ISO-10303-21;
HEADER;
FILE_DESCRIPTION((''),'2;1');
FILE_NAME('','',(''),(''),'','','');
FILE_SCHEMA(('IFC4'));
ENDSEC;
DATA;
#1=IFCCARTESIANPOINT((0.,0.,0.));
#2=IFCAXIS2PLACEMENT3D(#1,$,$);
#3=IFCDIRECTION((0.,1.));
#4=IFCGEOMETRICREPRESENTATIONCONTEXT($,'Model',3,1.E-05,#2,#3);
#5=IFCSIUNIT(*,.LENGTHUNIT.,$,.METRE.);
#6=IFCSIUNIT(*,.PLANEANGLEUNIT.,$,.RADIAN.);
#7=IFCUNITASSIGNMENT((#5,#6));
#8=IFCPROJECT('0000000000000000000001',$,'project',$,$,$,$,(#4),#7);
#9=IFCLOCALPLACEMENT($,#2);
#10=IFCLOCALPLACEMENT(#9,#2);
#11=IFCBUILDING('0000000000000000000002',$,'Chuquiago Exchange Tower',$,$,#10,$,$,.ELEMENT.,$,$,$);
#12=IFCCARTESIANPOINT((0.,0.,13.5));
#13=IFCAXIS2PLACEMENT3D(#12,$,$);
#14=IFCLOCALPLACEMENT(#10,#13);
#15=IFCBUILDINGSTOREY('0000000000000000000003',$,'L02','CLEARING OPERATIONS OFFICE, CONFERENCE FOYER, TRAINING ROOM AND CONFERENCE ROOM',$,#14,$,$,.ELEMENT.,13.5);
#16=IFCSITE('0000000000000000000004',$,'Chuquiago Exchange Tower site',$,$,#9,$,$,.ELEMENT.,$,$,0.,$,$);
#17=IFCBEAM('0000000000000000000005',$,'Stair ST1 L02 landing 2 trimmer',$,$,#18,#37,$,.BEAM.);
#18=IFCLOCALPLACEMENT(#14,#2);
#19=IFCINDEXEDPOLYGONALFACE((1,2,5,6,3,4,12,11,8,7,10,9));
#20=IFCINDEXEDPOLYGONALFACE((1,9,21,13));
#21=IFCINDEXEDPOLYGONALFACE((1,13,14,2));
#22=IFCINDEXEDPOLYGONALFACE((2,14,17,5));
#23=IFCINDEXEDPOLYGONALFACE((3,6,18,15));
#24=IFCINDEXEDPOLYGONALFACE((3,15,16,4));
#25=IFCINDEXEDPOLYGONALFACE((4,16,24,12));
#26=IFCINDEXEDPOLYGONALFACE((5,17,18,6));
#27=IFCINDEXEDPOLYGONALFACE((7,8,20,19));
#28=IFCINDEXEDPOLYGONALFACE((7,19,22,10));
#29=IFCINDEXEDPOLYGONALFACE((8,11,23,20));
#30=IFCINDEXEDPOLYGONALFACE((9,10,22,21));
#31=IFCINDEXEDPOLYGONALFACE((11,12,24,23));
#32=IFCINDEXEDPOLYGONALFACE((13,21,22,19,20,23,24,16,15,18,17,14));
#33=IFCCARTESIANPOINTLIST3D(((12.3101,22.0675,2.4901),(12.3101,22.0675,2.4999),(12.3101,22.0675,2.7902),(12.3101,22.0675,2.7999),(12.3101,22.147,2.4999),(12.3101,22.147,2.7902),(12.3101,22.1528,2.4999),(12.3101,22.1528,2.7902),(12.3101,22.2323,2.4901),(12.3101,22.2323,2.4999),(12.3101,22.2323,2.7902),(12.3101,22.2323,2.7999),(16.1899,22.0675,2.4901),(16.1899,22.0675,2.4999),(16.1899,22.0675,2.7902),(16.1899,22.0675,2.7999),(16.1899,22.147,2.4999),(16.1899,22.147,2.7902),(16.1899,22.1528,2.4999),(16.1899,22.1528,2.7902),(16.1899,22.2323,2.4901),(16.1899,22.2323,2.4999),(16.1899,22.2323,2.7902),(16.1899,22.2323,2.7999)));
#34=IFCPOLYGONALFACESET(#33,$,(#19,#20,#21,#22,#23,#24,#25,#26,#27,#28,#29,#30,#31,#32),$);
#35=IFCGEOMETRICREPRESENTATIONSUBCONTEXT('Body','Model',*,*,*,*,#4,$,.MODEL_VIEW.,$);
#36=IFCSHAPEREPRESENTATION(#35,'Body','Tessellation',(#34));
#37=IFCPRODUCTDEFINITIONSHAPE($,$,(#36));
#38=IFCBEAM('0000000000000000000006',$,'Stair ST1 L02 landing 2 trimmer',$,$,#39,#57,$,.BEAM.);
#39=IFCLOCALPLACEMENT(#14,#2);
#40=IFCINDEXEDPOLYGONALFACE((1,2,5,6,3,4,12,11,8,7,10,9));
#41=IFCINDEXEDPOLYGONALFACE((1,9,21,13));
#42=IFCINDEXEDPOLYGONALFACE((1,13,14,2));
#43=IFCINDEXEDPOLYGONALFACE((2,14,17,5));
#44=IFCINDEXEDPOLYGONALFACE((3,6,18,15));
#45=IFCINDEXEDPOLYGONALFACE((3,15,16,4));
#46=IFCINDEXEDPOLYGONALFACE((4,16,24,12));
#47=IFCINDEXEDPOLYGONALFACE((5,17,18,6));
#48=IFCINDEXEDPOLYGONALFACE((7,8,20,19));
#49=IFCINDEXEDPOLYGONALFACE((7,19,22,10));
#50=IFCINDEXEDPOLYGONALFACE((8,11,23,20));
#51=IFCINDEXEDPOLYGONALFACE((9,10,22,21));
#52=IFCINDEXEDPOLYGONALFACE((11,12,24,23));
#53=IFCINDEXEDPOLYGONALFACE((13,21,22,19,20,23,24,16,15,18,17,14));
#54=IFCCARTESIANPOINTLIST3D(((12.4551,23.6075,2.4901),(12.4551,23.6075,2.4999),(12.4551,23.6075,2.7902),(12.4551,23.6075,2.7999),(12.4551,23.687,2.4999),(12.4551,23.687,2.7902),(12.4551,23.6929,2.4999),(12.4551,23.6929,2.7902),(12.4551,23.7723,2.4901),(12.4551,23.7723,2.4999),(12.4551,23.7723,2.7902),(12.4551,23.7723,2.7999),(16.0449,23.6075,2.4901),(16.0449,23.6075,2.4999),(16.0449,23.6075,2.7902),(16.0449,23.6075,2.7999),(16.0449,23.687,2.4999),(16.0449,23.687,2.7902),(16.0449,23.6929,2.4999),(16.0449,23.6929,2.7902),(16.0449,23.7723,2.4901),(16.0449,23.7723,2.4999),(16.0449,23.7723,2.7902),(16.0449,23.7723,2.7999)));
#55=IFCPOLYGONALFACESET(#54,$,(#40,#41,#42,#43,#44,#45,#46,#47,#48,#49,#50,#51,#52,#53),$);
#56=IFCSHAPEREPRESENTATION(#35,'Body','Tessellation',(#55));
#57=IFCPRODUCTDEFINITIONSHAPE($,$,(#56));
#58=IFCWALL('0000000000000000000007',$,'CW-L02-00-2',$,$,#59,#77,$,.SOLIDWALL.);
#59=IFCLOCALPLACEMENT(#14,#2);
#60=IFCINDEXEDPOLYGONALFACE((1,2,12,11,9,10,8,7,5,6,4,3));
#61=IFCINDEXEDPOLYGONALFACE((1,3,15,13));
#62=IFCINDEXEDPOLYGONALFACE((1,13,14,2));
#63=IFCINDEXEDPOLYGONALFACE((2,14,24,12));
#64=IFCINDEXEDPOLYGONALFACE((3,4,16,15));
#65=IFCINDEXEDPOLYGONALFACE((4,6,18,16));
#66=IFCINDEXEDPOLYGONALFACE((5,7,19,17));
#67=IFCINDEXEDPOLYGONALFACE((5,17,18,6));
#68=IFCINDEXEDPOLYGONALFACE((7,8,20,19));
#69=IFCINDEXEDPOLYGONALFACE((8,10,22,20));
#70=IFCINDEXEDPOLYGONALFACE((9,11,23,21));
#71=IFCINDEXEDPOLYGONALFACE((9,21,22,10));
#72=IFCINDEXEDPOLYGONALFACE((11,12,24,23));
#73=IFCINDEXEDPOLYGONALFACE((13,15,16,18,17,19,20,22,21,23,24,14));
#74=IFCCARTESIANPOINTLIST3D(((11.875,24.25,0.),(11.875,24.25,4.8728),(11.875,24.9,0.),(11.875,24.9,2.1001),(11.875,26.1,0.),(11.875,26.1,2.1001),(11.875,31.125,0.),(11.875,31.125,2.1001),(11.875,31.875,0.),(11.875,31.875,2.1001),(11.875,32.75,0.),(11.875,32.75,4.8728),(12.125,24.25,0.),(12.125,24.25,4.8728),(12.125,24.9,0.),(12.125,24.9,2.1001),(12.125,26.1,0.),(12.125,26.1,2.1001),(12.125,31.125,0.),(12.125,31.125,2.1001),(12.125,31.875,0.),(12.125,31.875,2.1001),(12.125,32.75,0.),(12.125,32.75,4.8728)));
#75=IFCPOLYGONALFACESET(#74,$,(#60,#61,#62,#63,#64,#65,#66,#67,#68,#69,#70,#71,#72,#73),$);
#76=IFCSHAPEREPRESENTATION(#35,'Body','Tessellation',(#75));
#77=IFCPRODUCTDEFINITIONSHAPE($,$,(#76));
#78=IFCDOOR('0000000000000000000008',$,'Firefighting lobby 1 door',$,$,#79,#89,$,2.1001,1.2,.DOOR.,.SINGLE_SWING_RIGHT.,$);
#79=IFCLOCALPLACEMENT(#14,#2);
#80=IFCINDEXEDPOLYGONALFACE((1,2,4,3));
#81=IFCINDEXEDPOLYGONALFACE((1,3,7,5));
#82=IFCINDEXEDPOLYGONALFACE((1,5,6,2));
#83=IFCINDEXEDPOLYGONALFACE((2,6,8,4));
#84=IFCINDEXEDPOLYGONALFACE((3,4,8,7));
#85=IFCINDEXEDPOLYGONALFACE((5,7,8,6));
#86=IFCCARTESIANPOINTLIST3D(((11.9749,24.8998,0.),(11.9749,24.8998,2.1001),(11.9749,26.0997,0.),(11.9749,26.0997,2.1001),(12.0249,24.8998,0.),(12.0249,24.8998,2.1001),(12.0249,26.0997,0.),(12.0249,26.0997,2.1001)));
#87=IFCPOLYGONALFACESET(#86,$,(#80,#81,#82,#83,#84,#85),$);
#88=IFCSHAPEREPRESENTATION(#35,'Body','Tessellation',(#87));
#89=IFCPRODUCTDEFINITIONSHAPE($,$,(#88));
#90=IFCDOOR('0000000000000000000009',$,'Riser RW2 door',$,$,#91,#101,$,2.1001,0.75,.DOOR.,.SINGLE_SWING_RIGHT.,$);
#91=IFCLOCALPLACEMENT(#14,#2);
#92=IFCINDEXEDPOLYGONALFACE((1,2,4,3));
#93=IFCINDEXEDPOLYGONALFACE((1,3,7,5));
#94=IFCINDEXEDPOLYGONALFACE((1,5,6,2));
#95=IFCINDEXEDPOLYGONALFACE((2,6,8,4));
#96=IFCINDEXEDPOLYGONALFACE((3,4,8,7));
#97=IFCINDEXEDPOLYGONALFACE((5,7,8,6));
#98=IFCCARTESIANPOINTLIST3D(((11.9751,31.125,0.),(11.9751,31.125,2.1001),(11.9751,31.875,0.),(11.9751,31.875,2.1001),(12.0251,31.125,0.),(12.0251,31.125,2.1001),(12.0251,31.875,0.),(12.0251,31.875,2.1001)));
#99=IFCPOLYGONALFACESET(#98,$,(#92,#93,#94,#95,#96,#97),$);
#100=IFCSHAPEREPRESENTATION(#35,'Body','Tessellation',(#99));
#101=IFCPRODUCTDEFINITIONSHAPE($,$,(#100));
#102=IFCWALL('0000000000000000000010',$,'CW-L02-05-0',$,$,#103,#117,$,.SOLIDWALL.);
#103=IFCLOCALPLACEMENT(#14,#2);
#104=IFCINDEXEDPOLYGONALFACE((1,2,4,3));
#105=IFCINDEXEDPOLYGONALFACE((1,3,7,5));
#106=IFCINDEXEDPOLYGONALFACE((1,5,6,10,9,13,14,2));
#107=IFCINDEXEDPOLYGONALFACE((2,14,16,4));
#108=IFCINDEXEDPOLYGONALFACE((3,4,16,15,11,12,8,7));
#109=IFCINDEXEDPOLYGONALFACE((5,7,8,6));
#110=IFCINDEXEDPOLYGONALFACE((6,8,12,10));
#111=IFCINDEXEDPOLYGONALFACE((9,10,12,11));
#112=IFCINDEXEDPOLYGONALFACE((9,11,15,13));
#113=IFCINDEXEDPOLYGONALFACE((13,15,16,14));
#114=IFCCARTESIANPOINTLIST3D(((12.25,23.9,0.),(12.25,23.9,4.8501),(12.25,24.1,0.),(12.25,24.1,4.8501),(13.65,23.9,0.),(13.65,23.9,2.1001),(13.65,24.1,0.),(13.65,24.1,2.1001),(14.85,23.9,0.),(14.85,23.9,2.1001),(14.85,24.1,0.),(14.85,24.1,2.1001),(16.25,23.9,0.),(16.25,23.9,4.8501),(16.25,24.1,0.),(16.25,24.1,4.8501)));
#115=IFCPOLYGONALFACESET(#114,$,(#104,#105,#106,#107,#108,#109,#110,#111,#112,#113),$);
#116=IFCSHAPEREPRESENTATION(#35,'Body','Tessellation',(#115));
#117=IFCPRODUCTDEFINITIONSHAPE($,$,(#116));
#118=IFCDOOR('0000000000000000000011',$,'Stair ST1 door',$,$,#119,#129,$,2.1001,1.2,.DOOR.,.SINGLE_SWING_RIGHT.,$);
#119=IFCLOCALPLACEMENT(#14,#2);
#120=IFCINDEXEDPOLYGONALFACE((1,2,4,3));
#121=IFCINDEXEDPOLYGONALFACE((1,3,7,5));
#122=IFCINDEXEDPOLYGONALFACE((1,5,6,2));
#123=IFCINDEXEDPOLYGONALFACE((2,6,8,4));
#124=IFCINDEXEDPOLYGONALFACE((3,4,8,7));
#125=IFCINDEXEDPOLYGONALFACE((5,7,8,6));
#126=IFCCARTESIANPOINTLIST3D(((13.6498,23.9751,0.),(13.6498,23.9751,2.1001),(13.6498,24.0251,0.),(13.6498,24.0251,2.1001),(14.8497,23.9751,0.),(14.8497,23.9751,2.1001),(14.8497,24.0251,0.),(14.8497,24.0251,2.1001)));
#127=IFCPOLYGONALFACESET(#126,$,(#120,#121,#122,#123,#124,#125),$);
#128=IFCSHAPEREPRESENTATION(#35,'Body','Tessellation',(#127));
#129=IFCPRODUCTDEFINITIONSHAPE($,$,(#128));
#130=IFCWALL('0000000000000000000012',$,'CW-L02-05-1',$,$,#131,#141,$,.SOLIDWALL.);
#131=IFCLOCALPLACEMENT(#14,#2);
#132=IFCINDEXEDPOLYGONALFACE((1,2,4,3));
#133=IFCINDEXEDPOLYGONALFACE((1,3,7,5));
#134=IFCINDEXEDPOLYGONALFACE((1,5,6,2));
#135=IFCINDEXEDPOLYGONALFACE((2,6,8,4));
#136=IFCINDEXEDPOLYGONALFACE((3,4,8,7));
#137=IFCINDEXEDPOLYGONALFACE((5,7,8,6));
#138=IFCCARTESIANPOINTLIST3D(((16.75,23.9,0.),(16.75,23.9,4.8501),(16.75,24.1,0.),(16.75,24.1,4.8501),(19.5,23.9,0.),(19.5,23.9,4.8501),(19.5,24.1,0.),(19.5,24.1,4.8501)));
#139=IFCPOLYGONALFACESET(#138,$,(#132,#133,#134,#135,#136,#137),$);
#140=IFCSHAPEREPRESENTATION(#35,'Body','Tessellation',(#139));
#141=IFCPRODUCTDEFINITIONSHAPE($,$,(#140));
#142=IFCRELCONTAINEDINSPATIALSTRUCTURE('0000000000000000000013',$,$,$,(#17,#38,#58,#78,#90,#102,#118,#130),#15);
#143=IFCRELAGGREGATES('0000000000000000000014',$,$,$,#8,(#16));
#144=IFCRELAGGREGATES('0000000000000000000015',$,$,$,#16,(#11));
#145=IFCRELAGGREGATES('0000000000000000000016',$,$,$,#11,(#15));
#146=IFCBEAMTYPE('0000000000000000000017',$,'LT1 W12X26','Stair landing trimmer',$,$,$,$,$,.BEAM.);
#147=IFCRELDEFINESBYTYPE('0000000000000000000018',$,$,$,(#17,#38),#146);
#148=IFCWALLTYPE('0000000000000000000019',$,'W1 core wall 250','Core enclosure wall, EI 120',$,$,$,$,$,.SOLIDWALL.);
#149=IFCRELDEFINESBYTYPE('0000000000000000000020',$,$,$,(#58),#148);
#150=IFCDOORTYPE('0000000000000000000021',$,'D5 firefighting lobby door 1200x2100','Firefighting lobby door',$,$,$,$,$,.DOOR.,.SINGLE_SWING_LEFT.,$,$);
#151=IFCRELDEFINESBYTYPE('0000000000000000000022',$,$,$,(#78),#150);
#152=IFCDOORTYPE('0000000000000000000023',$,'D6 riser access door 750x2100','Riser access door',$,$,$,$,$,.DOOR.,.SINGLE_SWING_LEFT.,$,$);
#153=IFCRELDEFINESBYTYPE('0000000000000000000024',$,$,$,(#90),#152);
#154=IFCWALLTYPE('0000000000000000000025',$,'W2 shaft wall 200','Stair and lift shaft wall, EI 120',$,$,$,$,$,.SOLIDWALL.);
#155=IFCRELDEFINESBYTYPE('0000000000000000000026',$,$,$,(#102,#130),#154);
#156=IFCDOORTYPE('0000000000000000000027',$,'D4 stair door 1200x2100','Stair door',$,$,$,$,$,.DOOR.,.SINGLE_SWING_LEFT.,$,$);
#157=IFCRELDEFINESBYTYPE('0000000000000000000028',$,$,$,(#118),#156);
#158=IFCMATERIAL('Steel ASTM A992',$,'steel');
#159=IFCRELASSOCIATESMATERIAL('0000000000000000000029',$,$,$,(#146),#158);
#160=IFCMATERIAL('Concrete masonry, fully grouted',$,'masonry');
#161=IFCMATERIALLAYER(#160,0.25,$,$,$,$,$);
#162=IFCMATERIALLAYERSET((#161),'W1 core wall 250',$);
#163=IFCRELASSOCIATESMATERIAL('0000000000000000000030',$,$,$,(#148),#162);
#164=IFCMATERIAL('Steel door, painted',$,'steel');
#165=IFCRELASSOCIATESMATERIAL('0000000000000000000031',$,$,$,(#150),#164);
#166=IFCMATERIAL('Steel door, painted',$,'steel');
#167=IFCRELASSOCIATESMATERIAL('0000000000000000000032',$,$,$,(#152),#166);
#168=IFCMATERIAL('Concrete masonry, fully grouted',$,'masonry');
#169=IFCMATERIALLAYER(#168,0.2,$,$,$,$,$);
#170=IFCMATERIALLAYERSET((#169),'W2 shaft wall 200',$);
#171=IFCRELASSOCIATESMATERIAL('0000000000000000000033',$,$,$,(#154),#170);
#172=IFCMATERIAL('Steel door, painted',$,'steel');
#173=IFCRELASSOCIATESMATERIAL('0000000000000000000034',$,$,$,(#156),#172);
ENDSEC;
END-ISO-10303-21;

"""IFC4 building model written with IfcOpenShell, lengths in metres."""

from ifc_helpers import new_model, si_unit, direction, frame, frame_2d, origin, origin_2d, place, context, subcontext, project, spatial, rectangle, i_section, extrude, material, layer, layer_set, material_profile, profile_set, type_object, element, fill, save


model = new_model("IFC4")

# Units and contexts
model_context = context("Model", 3, precision=1e-05, world=origin(), true_north=direction((0.0, 1.0)))
body_context = subcontext(model_context, "Body", "Model", "MODEL_VIEW")
ifc_project = project(units=[si_unit("LENGTHUNIT", "METRE"), si_unit("PLANEANGLEUNIT", "RADIAN")], contexts=[model_context])

# Site, building, storey
site_placement = place(None, origin())
site = spatial("IfcSite", under=ifc_project, at=site_placement, Name="Chuquiago Exchange Tower site", CompositionType="ELEMENT", RefElevation=0.0)
building_placement = place(site_placement, origin())
building = spatial("IfcBuilding", under=site, at=building_placement, Name="Chuquiago Exchange Tower", CompositionType="ELEMENT")
storey_placement = place(building_placement, frame((0.0, 0.0, 13.5)))
storey = spatial("IfcBuildingStorey", under=building, at=storey_placement, Name="L02", Description="CLEARING OPERATIONS OFFICE, CONFERENCE FOYER, TRAINING ROOM AND CONFERENCE ROOM", CompositionType="ELEMENT", Elevation=13.5)

# Beams
ifc_material_1 = material(Name="Steel ASTM A992", Category="steel")
ifc_material_profile_1 = material_profile(ifc_material_1, i_section(OverallWidth=0.1648, OverallDepth=0.3098, WebThickness=0.0059, FlangeThickness=0.0098, at=origin_2d()), Name="W12X26")
ifc_profile_set_1 = profile_set([ifc_material_profile_1], Name="Steel ASTM A992")
beam_type_1 = type_object("IfcBeamType", Name="LT1 W12X26", Description="Stair landing trimmer", PredefinedType="BEAM", material=ifc_profile_set_1)
beam_1_placement = place(storey_placement, frame((12.3101, 22.1499, 2.645), z_axis=(1.0, 0.0, 0.0), x_axis=(0.0, 1.0, 0.0)))
element("IfcBeam", 1, at=beam_1_placement, inside=storey, type_object=beam_type_1, Name="Stair ST1 L02 landing 2 trimmer", PredefinedType="BEAM", context=body_context, shape_type="SweptSolid", body=[
    extrude(i_section(OverallWidth=0.1648, OverallDepth=0.3098, WebThickness=0.0059, FlangeThickness=0.0098, at=origin_2d()), origin(), (0.0, 0.0, 1.0), 3.8799),
])
beam_2_placement = place(storey_placement, frame((12.4551, 23.6899, 2.645), z_axis=(1.0, 0.0, 0.0), x_axis=(0.0, 1.0, 0.0)))
element("IfcBeam", 2, at=beam_2_placement, inside=storey, type_object=beam_type_1, Name="Stair ST1 L02 landing 2 trimmer", PredefinedType="BEAM", context=body_context, shape_type="SweptSolid", body=[
    extrude(i_section(OverallWidth=0.1648, OverallDepth=0.3098, WebThickness=0.0059, FlangeThickness=0.0098, at=origin_2d()), origin(), (0.0, 0.0, 1.0), 3.5898),
])

# Wall, openings, doors
ifc_material_2 = material(Name="Concrete masonry, fully grouted", Category="masonry")
ifc_layer_1 = layer(ifc_material_2, 0.25)
ifc_layer_set_1 = layer_set([ifc_layer_1], Name="W1 core wall 250")
wall_type_1 = type_object("IfcWallType", Name="W1 core wall 250", Description="Core enclosure wall, EI 120", PredefinedType="SOLIDWALL", material=ifc_layer_set_1)
wall_1_placement = place(storey_placement, frame((12.0, 24.25, 0.0), z_axis=(0.0, 0.0, 1.0), x_axis=(0.0, 1.0, 0.0)))
wall_1 = element("IfcWall", 3, at=wall_1_placement, inside=storey, type_object=wall_type_1, Name="CW-L02-00-2", PredefinedType="SOLIDWALL", context=body_context, shape_type="SweptSolid", body=[
    extrude(rectangle(XDim=8.5, YDim=0.25, at=frame_2d((4.25, 0.0))), origin(), (0.0, 0.0, 1.0), 4.8728),
])
opening_1_placement = place(wall_1_placement, frame((0.6499, 0.0, 0.0)))
opening_1 = element("IfcOpeningElement", 4, at=opening_1_placement, cuts=wall_1, PredefinedType="OPENING", context=body_context, shape_type="SweptSolid", body=[
    extrude(rectangle(XDim=1.2, YDim=2.1001, at=frame_2d((0.6001, 1.05))), frame((0.0, 0.135, 0.0), z_axis=(0.0, -1.0, 0.0), x_axis=(1.0, 0.0, 0.0)), (0.0, 0.0, 1.0), 0.27),
])
opening_2_placement = place(wall_1_placement, frame((6.875, 0.0, 0.0)))
opening_2 = element("IfcOpeningElement", 5, at=opening_2_placement, cuts=wall_1, PredefinedType="OPENING", context=body_context, shape_type="SweptSolid", body=[
    extrude(rectangle(XDim=0.75, YDim=2.1001, at=frame_2d((0.375, 1.05))), frame((0.0, 0.135, 0.0), z_axis=(0.0, -1.0, 0.0), x_axis=(1.0, 0.0, 0.0)), (0.0, 0.0, 1.0), 0.27),
])
ifc_material_3 = material(Name="Steel door, painted", Category="steel")
door_type_1 = type_object("IfcDoorType", Name="D5 firefighting lobby door 1200x2100", Description="Firefighting lobby door", OperationType="SINGLE_SWING_LEFT", PredefinedType="DOOR", material=ifc_material_3)
door_1_placement = place(opening_1_placement, frame((1.2, 0.0, 0.0), z_axis=(0.0, 0.0, 1.0), x_axis=(-1.0, 0.0, 0.0)))
door_1 = element("IfcDoor", 6, at=door_1_placement, inside=storey, type_object=door_type_1, Name="Firefighting lobby 1 door", OperationType="SINGLE_SWING_RIGHT", OverallHeight=2.1001, OverallWidth=1.2, PredefinedType="DOOR", context=body_context, shape_type="SweptSolid", body=[
    extrude(rectangle(XDim=1.2, YDim=2.1001, at=frame_2d((0.6001, 1.05))), frame((0.0, 0.0249, 0.0), z_axis=(0.0, -1.0, 0.0), x_axis=(1.0, 0.0, 0.0)), (0.0, 0.0, 1.0), 0.05),
])
fill(opening_1, door_1)
ifc_material_4 = material(Name="Steel door, painted", Category="steel")
door_type_2 = type_object("IfcDoorType", Name="D6 riser access door 750x2100", Description="Riser access door", OperationType="SINGLE_SWING_LEFT", PredefinedType="DOOR", material=ifc_material_4)
door_2_placement = place(opening_2_placement, origin())
door_2 = element("IfcDoor", 7, at=door_2_placement, inside=storey, type_object=door_type_2, Name="Riser RW2 door", OperationType="SINGLE_SWING_RIGHT", OverallHeight=2.1001, OverallWidth=0.75, PredefinedType="DOOR", context=body_context, shape_type="SweptSolid", body=[
    extrude(rectangle(XDim=0.75, YDim=2.1001, at=frame_2d((0.375, 1.05))), frame((0.0, 0.0249, 0.0), z_axis=(0.0, -1.0, 0.0), x_axis=(1.0, 0.0, 0.0)), (0.0, 0.0, 1.0), 0.05),
])
fill(opening_2, door_2)

# Wall, opening, door
ifc_material_5 = material(Name="Concrete masonry, fully grouted", Category="masonry")
ifc_layer_2 = layer(ifc_material_5, 0.2)
ifc_layer_set_2 = layer_set([ifc_layer_2], Name="W2 shaft wall 200")
wall_type_2 = type_object("IfcWallType", Name="W2 shaft wall 200", Description="Stair and lift shaft wall, EI 120", PredefinedType="SOLIDWALL", material=ifc_layer_set_2)
wall_2_placement = place(storey_placement, frame((12.25, 24.0, 0.0), z_axis=(0.0, 0.0, 1.0), x_axis=(1.0, 0.0, 0.0)))
wall_2 = element("IfcWall", 8, at=wall_2_placement, inside=storey, type_object=wall_type_2, Name="CW-L02-05-0", PredefinedType="SOLIDWALL", context=body_context, shape_type="SweptSolid", body=[
    extrude(rectangle(XDim=4.0, YDim=0.2, at=frame_2d((2.0, 0.0))), origin(), (0.0, 0.0, 1.0), 4.8501),
])
opening_3_placement = place(wall_2_placement, frame((1.3999, 0.0, 0.0)))
opening_3 = element("IfcOpeningElement", 9, at=opening_3_placement, cuts=wall_2, PredefinedType="OPENING", context=body_context, shape_type="SweptSolid", body=[
    extrude(rectangle(XDim=1.2, YDim=2.1001, at=frame_2d((0.6001, 1.05))), frame((0.0, 0.1099, 0.0), z_axis=(0.0, -1.0, 0.0), x_axis=(1.0, 0.0, 0.0)), (0.0, 0.0, 1.0), 0.22),
])
ifc_material_6 = material(Name="Steel door, painted", Category="steel")
door_type_3 = type_object("IfcDoorType", Name="D4 stair door 1200x2100", Description="Stair door", OperationType="SINGLE_SWING_LEFT", PredefinedType="DOOR", material=ifc_material_6)
door_3_placement = place(opening_3_placement, frame((1.2, 0.0, 0.0), z_axis=(0.0, 0.0, 1.0), x_axis=(-1.0, 0.0, 0.0)))
door_3 = element("IfcDoor", 10, at=door_3_placement, inside=storey, type_object=door_type_3, Name="Stair ST1 door", OperationType="SINGLE_SWING_RIGHT", OverallHeight=2.1001, OverallWidth=1.2, PredefinedType="DOOR", context=body_context, shape_type="SweptSolid", body=[
    extrude(rectangle(XDim=1.2, YDim=2.1001, at=frame_2d((0.6001, 1.05))), frame((0.0, 0.0249, 0.0), z_axis=(0.0, -1.0, 0.0), x_axis=(1.0, 0.0, 0.0)), (0.0, 0.0, 1.0), 0.05),
])
fill(opening_3, door_3)

# Wall
wall_3_placement = place(storey_placement, frame((16.75, 24.0, 0.0), z_axis=(0.0, 0.0, 1.0), x_axis=(1.0, 0.0, 0.0)))
element("IfcWall", 11, at=wall_3_placement, inside=storey, type_object=wall_type_2, Name="CW-L02-05-1", PredefinedType="SOLIDWALL", context=body_context, shape_type="SweptSolid", body=[
    extrude(rectangle(XDim=2.75, YDim=0.2, at=frame_2d((1.375, 0.0))), origin(), (0.0, 0.0, 1.0), 4.8501),
])

save(model, "model.ifc")
